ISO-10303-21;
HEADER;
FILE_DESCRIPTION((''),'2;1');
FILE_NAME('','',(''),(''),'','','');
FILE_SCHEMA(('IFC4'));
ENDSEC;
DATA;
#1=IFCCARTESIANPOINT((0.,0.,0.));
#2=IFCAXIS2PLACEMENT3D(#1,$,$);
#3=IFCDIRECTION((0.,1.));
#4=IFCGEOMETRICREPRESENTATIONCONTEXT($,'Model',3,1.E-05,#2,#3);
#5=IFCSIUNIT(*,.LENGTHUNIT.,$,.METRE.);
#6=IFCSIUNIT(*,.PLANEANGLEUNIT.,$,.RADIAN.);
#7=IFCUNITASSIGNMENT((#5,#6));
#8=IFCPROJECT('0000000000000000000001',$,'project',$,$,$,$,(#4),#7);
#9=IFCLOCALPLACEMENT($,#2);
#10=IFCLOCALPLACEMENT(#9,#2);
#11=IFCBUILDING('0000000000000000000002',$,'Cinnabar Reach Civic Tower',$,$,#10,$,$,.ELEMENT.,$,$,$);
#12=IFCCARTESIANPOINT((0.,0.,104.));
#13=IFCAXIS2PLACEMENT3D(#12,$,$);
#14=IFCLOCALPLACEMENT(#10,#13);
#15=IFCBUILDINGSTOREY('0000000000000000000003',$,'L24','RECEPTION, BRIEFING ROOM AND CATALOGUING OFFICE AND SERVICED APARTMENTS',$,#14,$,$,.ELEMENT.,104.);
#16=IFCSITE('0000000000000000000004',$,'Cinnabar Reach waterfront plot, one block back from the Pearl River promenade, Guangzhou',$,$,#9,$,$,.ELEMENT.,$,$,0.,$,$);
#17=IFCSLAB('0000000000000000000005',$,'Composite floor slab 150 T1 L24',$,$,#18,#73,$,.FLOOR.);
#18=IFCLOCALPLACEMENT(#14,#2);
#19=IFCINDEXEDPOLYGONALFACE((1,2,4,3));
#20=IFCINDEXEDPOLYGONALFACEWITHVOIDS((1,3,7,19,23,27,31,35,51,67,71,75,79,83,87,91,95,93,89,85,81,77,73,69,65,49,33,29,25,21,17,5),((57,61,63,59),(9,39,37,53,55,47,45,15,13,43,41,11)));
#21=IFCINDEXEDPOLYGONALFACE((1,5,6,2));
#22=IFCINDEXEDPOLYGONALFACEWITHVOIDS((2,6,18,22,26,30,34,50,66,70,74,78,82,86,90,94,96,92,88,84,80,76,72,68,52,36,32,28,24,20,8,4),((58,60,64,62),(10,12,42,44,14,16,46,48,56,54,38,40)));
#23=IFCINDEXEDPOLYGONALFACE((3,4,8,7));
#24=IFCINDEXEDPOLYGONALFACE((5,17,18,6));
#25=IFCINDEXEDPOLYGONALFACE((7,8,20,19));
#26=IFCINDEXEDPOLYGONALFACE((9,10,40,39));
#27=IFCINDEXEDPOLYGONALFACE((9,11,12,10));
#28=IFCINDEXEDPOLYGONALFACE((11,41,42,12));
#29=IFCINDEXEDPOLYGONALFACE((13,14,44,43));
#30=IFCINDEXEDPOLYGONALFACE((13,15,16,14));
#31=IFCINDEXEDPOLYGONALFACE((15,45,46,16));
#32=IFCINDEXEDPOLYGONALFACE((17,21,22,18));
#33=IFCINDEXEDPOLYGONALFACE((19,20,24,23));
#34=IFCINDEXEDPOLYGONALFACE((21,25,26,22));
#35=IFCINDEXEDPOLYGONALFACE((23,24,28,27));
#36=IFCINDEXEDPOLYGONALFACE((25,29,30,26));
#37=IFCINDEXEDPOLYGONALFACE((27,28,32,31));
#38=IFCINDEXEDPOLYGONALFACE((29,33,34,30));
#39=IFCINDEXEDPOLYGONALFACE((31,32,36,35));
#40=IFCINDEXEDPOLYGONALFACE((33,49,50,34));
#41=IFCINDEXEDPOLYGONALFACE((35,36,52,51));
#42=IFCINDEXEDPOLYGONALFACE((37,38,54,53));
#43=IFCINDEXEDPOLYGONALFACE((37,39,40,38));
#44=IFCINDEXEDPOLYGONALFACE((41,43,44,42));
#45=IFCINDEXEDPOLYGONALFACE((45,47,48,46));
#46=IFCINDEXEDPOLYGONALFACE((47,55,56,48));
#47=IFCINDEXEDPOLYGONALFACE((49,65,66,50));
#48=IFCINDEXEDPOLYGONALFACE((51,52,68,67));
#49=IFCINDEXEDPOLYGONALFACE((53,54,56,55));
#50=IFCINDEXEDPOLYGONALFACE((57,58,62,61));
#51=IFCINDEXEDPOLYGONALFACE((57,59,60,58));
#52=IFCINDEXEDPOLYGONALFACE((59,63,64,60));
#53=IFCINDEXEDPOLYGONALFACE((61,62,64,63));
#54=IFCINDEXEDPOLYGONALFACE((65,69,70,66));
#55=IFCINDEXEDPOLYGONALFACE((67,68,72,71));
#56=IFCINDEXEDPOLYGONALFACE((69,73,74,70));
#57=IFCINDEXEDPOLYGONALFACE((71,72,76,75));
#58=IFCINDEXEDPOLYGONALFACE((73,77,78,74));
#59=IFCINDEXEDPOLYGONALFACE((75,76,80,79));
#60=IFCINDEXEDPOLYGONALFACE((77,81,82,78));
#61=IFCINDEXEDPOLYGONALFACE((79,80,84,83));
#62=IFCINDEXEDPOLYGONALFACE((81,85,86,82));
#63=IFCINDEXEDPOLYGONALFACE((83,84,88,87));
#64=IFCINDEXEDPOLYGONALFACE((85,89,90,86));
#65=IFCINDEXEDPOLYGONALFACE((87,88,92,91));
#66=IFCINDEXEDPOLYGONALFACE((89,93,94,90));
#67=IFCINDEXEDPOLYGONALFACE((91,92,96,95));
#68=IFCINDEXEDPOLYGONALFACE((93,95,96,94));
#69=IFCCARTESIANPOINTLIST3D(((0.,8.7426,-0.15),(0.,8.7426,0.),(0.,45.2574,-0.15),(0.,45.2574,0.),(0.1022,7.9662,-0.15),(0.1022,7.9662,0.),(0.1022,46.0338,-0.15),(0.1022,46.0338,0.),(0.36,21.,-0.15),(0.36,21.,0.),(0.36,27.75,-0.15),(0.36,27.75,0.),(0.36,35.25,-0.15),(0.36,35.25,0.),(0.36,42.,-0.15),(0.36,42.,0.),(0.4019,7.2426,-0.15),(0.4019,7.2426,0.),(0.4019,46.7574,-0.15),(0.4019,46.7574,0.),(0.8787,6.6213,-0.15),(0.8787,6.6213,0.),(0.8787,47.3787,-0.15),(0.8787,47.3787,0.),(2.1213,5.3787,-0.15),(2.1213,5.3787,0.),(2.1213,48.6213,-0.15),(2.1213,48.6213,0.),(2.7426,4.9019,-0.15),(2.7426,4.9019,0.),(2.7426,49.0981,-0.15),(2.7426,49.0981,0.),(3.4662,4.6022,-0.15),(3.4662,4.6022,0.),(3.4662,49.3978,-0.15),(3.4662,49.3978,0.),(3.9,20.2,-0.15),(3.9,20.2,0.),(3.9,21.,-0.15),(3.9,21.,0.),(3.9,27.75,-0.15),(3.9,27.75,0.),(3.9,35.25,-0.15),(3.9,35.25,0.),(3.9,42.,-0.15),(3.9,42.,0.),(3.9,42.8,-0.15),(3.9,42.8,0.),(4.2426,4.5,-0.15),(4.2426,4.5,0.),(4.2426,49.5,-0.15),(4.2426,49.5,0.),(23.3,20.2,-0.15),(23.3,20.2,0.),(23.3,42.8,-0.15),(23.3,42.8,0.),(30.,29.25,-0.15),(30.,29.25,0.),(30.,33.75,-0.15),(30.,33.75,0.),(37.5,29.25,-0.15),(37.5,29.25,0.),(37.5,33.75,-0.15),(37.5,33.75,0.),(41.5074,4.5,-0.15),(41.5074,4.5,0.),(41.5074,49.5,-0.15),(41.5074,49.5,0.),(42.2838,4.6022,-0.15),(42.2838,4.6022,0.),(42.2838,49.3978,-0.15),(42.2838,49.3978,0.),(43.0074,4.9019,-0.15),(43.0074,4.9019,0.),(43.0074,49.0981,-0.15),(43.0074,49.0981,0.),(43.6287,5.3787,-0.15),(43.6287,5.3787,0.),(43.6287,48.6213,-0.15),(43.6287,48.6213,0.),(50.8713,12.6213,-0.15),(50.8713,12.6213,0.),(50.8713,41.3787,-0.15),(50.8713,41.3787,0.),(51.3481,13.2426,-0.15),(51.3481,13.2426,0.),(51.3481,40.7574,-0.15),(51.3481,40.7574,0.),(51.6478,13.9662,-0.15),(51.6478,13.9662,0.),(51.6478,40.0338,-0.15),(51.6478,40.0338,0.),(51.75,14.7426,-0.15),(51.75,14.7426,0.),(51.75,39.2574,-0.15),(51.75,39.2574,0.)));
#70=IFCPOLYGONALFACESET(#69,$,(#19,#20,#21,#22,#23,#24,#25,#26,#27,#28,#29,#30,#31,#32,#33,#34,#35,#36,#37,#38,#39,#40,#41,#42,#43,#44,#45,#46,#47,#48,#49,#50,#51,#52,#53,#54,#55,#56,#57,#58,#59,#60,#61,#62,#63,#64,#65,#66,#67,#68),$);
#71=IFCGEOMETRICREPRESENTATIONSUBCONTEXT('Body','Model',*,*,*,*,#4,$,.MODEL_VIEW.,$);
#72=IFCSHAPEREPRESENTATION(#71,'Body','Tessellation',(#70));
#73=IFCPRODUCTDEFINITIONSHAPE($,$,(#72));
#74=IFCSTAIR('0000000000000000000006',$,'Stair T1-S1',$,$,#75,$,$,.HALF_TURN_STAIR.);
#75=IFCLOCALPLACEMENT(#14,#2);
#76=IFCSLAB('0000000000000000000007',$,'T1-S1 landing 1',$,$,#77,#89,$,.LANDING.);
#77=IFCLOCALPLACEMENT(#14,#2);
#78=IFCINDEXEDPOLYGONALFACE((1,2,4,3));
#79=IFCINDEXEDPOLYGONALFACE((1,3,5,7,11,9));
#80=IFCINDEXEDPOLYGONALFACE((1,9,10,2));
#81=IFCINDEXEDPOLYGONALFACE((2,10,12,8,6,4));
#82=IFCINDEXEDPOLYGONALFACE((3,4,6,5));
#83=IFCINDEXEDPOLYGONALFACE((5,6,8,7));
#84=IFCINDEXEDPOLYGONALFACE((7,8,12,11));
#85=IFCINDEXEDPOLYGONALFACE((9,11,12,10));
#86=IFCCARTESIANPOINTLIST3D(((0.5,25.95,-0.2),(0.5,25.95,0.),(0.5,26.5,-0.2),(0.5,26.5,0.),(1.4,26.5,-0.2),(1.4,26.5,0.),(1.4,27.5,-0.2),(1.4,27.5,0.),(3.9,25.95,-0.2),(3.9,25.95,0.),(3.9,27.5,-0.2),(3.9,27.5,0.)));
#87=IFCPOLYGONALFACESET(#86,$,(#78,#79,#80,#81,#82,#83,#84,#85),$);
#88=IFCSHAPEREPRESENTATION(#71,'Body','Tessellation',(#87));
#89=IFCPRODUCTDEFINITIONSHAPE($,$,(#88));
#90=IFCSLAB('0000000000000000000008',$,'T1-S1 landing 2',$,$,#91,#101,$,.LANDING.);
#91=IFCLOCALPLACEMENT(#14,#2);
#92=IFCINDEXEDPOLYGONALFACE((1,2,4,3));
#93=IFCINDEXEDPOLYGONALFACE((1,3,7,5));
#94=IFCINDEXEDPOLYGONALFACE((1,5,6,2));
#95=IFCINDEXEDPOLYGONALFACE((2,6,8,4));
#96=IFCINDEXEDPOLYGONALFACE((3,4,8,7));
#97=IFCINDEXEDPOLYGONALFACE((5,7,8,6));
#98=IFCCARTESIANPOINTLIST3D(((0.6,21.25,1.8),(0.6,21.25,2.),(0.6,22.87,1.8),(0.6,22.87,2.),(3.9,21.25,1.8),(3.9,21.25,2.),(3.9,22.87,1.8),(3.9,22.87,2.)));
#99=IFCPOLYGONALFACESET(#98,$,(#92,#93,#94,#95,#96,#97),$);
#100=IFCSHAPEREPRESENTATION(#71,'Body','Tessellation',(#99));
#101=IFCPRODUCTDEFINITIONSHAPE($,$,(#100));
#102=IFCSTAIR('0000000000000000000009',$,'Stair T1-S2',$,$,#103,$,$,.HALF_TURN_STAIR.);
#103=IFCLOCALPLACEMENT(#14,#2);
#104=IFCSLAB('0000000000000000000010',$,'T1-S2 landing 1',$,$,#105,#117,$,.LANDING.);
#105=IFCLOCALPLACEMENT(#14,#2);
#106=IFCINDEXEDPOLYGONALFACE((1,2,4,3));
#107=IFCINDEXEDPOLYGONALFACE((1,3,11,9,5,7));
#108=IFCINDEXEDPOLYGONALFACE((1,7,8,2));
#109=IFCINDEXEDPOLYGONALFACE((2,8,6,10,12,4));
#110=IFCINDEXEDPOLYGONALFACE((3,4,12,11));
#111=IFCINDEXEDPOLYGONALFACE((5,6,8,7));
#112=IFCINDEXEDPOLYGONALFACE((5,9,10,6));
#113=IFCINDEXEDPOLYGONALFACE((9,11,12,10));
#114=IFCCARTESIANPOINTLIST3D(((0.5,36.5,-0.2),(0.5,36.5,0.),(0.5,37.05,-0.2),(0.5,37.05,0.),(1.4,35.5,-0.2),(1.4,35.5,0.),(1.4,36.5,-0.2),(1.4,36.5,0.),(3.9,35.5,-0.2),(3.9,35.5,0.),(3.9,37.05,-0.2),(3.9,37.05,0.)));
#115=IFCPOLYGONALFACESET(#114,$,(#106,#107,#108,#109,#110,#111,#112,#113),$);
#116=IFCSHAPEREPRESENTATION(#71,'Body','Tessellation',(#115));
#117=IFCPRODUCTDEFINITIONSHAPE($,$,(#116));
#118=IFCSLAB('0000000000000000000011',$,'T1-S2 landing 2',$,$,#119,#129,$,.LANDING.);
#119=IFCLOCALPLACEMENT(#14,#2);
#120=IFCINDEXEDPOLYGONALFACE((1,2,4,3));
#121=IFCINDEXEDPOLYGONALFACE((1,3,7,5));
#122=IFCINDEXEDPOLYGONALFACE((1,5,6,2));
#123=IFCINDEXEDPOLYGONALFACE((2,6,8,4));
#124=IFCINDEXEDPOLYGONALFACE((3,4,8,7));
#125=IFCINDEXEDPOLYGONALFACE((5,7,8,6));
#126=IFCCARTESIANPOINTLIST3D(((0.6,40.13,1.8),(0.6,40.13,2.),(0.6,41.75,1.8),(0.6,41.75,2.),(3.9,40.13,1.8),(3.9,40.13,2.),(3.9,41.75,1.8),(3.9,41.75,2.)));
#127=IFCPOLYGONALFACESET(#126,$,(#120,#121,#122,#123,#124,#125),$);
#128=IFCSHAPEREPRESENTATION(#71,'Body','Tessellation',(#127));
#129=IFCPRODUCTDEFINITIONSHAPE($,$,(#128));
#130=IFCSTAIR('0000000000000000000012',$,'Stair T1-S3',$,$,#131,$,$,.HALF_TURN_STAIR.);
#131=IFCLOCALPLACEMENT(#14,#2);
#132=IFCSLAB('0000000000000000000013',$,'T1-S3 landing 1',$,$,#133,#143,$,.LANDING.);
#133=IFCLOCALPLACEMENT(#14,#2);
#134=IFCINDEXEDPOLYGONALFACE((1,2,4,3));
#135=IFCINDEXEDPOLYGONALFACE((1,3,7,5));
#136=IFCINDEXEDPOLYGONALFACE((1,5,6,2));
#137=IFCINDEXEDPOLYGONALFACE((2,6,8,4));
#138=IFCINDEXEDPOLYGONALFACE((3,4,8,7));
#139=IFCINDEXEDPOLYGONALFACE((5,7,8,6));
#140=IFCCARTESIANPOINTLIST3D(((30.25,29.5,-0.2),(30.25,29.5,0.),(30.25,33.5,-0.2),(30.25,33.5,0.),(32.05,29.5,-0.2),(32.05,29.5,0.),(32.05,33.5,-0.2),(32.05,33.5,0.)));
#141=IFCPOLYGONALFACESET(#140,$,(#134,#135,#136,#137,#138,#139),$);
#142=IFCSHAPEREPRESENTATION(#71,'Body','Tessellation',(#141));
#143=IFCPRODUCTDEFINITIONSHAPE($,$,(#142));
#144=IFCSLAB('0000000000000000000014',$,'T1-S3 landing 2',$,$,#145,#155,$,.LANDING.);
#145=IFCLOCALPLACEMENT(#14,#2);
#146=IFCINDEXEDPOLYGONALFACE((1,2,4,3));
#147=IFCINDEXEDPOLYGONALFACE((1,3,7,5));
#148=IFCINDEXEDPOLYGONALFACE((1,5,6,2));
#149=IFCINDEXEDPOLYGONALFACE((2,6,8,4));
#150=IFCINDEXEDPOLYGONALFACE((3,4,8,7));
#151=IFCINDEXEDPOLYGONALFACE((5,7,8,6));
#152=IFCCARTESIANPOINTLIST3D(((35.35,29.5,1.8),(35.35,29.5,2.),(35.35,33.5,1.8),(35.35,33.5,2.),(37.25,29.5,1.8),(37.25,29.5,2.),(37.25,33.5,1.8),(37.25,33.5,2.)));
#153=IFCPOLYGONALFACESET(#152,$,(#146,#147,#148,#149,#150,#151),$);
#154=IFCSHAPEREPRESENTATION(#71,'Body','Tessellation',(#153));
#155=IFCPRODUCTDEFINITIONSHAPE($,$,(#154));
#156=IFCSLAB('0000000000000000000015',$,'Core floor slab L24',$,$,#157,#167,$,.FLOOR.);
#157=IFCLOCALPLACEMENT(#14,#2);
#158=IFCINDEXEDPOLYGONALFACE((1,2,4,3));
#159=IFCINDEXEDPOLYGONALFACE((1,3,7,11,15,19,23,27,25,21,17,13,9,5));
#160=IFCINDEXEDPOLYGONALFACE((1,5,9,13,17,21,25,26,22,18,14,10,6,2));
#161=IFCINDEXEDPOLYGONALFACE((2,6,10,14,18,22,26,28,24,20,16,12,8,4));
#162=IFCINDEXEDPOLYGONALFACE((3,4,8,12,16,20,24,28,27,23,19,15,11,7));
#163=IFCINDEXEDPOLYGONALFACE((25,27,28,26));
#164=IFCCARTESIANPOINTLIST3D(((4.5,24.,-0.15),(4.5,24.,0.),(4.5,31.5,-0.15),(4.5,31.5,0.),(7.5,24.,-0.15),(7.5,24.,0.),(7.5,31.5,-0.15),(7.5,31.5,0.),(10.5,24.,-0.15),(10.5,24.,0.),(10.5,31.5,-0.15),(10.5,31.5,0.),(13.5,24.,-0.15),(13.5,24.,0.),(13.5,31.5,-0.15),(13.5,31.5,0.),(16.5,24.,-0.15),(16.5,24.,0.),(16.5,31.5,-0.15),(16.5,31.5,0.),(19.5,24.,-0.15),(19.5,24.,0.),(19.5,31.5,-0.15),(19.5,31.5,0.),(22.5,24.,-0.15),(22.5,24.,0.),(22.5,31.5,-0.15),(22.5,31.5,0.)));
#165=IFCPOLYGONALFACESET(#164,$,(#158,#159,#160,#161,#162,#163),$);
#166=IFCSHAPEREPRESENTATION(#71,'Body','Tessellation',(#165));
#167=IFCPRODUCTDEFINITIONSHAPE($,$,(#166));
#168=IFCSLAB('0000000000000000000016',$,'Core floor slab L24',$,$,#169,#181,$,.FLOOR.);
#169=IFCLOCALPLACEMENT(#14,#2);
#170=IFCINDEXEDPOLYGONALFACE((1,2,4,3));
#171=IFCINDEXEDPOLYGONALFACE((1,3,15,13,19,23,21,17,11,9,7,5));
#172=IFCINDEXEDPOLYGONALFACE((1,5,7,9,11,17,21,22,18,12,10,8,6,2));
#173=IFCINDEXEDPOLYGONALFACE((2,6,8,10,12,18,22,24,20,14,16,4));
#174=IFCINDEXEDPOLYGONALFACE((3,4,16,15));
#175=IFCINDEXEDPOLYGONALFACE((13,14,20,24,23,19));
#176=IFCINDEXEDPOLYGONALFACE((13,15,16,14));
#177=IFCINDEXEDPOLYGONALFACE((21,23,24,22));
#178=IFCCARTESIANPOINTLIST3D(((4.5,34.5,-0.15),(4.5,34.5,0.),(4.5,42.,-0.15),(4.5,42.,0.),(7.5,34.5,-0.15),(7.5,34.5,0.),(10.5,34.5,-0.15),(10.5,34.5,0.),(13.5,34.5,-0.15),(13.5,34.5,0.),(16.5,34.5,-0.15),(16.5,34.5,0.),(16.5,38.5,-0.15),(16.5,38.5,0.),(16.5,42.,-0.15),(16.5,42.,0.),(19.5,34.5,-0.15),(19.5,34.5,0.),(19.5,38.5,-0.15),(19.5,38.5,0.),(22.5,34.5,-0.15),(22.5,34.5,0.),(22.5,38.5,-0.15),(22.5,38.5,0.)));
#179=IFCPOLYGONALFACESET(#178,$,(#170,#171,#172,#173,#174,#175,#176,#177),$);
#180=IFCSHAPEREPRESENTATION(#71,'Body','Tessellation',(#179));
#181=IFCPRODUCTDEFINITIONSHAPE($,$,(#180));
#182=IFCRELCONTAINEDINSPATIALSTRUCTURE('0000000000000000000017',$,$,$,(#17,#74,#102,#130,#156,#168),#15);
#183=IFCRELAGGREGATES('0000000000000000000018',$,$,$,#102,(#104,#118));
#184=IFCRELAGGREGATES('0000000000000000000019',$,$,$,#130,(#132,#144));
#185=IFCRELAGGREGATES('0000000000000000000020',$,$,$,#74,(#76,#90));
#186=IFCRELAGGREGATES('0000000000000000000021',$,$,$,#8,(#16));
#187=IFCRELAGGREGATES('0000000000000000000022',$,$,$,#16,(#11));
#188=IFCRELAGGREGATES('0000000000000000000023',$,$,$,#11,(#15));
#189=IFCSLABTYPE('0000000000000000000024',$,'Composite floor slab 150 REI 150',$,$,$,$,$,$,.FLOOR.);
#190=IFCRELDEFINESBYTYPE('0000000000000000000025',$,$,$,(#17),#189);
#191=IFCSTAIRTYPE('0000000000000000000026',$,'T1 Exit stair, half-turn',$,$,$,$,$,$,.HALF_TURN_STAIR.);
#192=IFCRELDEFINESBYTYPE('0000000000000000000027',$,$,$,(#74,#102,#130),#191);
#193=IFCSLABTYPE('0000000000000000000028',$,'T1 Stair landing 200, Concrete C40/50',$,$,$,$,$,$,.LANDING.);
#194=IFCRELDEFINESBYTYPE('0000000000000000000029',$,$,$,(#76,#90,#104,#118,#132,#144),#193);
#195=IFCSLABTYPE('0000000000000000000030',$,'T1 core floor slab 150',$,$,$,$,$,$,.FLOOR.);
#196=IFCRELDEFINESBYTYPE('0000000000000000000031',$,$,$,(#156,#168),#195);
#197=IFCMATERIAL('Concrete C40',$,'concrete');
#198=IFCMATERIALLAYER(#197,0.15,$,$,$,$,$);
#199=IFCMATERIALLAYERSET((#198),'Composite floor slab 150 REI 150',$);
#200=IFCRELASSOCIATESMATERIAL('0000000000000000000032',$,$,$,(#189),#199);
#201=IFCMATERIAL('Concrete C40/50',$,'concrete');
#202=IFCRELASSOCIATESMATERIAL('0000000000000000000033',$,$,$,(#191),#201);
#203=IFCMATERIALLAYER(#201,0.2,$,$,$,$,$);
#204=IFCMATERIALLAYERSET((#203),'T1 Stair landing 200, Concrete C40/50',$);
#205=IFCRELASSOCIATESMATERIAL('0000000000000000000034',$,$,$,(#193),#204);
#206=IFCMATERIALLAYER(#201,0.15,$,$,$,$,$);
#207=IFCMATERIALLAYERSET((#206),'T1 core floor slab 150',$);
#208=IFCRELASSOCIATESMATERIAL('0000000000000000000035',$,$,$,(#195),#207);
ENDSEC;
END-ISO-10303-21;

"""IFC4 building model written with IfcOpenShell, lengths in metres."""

from ifc_helpers import new_model, si_unit, direction, frame, origin, place, context, subcontext, project, spatial, polyline, outline, extrude, material, layer, layer_set, type_object, element, aggregate, save


model = new_model("IFC4")

# Units and contexts
model_context = context("Model", 3, precision=1e-05, world=origin(), true_north=direction((0.0, 1.0)))
body_context = subcontext(model_context, "Body", "Model", "MODEL_VIEW")
ifc_project = project(units=[si_unit("LENGTHUNIT", "METRE"), si_unit("PLANEANGLEUNIT", "RADIAN")], contexts=[model_context])

# Site, building, storey
site_placement = place(None, origin())
site = spatial("IfcSite", under=ifc_project, at=site_placement, Name="Cinnabar Reach waterfront plot, one block back from the Pearl River promenade, Guangzhou", CompositionType="ELEMENT", RefElevation=0.0)
building_placement = place(site_placement, origin())
building = spatial("IfcBuilding", under=site, at=building_placement, Name="Cinnabar Reach Civic Tower", CompositionType="ELEMENT")
storey_placement = place(building_placement, frame((0.0, 0.0, 104.0)))
storey = spatial("IfcBuildingStorey", under=building, at=storey_placement, Name="L24", Description="RECEPTION, BRIEFING ROOM AND CATALOGUING OFFICE AND SERVICED APARTMENTS", CompositionType="ELEMENT", Elevation=104.0)

# Slab
ifc_material_1 = material(Name="Concrete C40", Category="concrete")
ifc_layer_1 = layer(ifc_material_1, 0.15)
ifc_layer_set_1 = layer_set([ifc_layer_1], Name="Composite floor slab 150 REI 150")
slab_type_1 = type_object("IfcSlabType", Name="Composite floor slab 150 REI 150", PredefinedType="FLOOR", material=ifc_layer_set_1)
slab_1_placement = place(storey_placement, frame((0.0, 0.0, -0.15)))
element("IfcSlab", 1, at=slab_1_placement, inside=storey, type_object=slab_type_1, Name="Composite floor slab 150 T1 L24", PredefinedType="FLOOR", context=body_context, shape_type="SweptSolid", body=[
    extrude(outline(polyline([(0.8787, 6.6213), (0.4019, 7.2426), (0.1022, 7.9662), (0.0, 8.7426), (0.0, 45.2574), (0.1022, 46.0338), (0.4019, 46.7574), (0.8787, 47.3787), (2.1213, 48.6213), (2.7426, 49.0981), (3.4662, 49.3978), (4.2426, 49.5), (41.5074, 49.5), (42.2838, 49.3978), (43.0074, 49.0981), (43.6287, 48.6213), (50.8713, 41.3787), (51.3481, 40.7574), (51.6478, 40.0338), (51.75, 39.2574), (51.75, 14.7426), (51.6478, 13.9662), (51.3481, 13.2426), (50.8713, 12.6213), (43.6287, 5.3787), (43.0074, 4.9019), (42.2838, 4.6022), (41.5074, 4.5), (4.2426, 4.5), (3.4662, 4.6022), (2.7426, 4.9019), (2.1213, 5.3787), (0.8787, 6.6213)]), holes=[polyline([(0.36, 21.0), (3.9, 21.0), (3.9, 20.2), (23.3, 20.2), (23.3, 42.8), (3.9, 42.8), (3.9, 42.0), (0.36, 42.0), (0.36, 35.25), (3.9, 35.25), (3.9, 27.75), (0.36, 27.75), (0.36, 21.0)]), polyline([(30.0, 33.75), (30.0, 29.25), (37.5, 29.25), (37.5, 33.75), (30.0, 33.75)])]), origin(), (0.0, 0.0, 1.0), 0.15),
])

# Stairs, slabs
ifc_material_2 = material(Name="Concrete C40/50", Category="concrete")
stair_type_1 = type_object("IfcStairType", Name="T1 Exit stair, half-turn", PredefinedType="HALF_TURN_STAIR", material=ifc_material_2)
stair_1_placement = place(storey_placement, origin())
stair_1 = element("IfcStair", 2, at=stair_1_placement, inside=storey, type_object=stair_type_1, Name="Stair T1-S1", PredefinedType="HALF_TURN_STAIR")
ifc_layer_2 = layer(ifc_material_2, 0.2)
ifc_layer_set_2 = layer_set([ifc_layer_2], Name="T1 Stair landing 200, Concrete C40/50")
slab_type_2 = type_object("IfcSlabType", Name="T1 Stair landing 200, Concrete C40/50", PredefinedType="LANDING", material=ifc_layer_set_2)
slab_2_placement = place(storey_placement, frame((0.0, 0.0, -0.2)))
slab_2 = element("IfcSlab", 3, at=slab_2_placement, type_object=slab_type_2, Name="T1-S1 landing 1", PredefinedType="LANDING", context=body_context, shape_type="SweptSolid", body=[
    extrude(outline(polyline([(3.9, 27.5), (3.9, 25.95), (0.5, 25.95), (0.5, 26.5), (1.4, 26.5), (1.4, 27.5), (3.9, 27.5)])), origin(), (0.0, 0.0, 1.0), 0.2),
])
slab_3_placement = place(storey_placement, frame((0.0, 0.0, 1.8)))
slab_3 = element("IfcSlab", 4, at=slab_3_placement, type_object=slab_type_2, Name="T1-S1 landing 2", PredefinedType="LANDING", context=body_context, shape_type="SweptSolid", body=[
    extrude(outline(polyline([(0.6, 21.25), (0.6, 22.87), (3.9, 22.87), (3.9, 21.25), (0.6, 21.25)])), origin(), (0.0, 0.0, 1.0), 0.2),
])
stair_2_placement = place(storey_placement, origin())
stair_2 = element("IfcStair", 5, at=stair_2_placement, inside=storey, type_object=stair_type_1, Name="Stair T1-S2", PredefinedType="HALF_TURN_STAIR")
slab_4_placement = place(storey_placement, frame((0.0, 0.0, -0.2)))
slab_4 = element("IfcSlab", 6, at=slab_4_placement, type_object=slab_type_2, Name="T1-S2 landing 1", PredefinedType="LANDING", context=body_context, shape_type="SweptSolid", body=[
    extrude(outline(polyline([(0.5, 37.05), (3.9, 37.05), (3.9, 35.5), (1.4, 35.5), (1.4, 36.5), (0.5, 36.5), (0.5, 37.05)])), origin(), (0.0, 0.0, 1.0), 0.2),
])
slab_5_placement = place(storey_placement, frame((0.0, 0.0, 1.8)))
slab_5 = element("IfcSlab", 7, at=slab_5_placement, type_object=slab_type_2, Name="T1-S2 landing 2", PredefinedType="LANDING", context=body_context, shape_type="SweptSolid", body=[
    extrude(outline(polyline([(0.6, 40.13), (0.6, 41.75), (3.9, 41.75), (3.9, 40.13), (0.6, 40.13)])), origin(), (0.0, 0.0, 1.0), 0.2),
])
aggregate(stair_2, [slab_4, slab_5])
stair_3_placement = place(storey_placement, origin())
stair_3 = element("IfcStair", 8, at=stair_3_placement, inside=storey, type_object=stair_type_1, Name="Stair T1-S3", PredefinedType="HALF_TURN_STAIR")
slab_6_placement = place(storey_placement, frame((0.0, 0.0, -0.2)))
slab_6 = element("IfcSlab", 9, at=slab_6_placement, type_object=slab_type_2, Name="T1-S3 landing 1", PredefinedType="LANDING", context=body_context, shape_type="SweptSolid", body=[
    extrude(outline(polyline([(30.25, 29.5), (32.05, 29.5), (32.05, 33.5), (30.25, 33.5), (30.25, 29.5)])), origin(), (0.0, 0.0, 1.0), 0.2),
])
slab_7_placement = place(storey_placement, frame((0.0, 0.0, 1.8)))
slab_7 = element("IfcSlab", 10, at=slab_7_placement, type_object=slab_type_2, Name="T1-S3 landing 2", PredefinedType="LANDING", context=body_context, shape_type="SweptSolid", body=[
    extrude(outline(polyline([(35.35, 29.5), (37.25, 29.5), (37.25, 33.5), (35.35, 33.5), (35.35, 29.5)])), origin(), (0.0, 0.0, 1.0), 0.2),
])
aggregate(stair_3, [slab_6, slab_7])

# Slabs
ifc_layer_3 = layer(ifc_material_2, 0.15)
ifc_layer_set_3 = layer_set([ifc_layer_3], Name="T1 core floor slab 150")
slab_type_3 = type_object("IfcSlabType", Name="T1 core floor slab 150", PredefinedType="FLOOR", material=ifc_layer_set_3)
slab_8_placement = place(storey_placement, frame((0.0, 0.0, -0.15)))
element("IfcSlab", 11, at=slab_8_placement, inside=storey, type_object=slab_type_3, Name="Core floor slab L24", PredefinedType="FLOOR", context=body_context, shape_type="SweptSolid", body=[
    extrude(outline(polyline([(22.5, 24.0), (19.5, 24.0), (16.5, 24.0), (13.5, 24.0), (10.5, 24.0), (7.5, 24.0), (4.5, 24.0), (4.5, 31.5), (7.5, 31.5), (10.5, 31.5), (13.5, 31.5), (16.5, 31.5), (19.5, 31.5), (22.5, 31.5), (22.5, 24.0)])), origin(), (0.0, 0.0, 1.0), 0.15),
])
slab_9_placement = place(storey_placement, frame((0.0, 0.0, -0.15)))
element("IfcSlab", 12, at=slab_9_placement, inside=storey, type_object=slab_type_3, Name="Core floor slab L24", PredefinedType="FLOOR", context=body_context, shape_type="SweptSolid", body=[
    extrude(outline(polyline([(22.5, 34.5), (19.5, 34.5), (16.5, 34.5), (13.5, 34.5), (10.5, 34.5), (7.5, 34.5), (4.5, 34.5), (4.5, 42.0), (16.5, 42.0), (16.5, 38.5), (19.5, 38.5), (22.5, 38.5), (22.5, 34.5)])), origin(), (0.0, 0.0, 1.0), 0.15),
])

aggregate(stair_1, [slab_2, slab_3])

save(model, "model.ifc")
